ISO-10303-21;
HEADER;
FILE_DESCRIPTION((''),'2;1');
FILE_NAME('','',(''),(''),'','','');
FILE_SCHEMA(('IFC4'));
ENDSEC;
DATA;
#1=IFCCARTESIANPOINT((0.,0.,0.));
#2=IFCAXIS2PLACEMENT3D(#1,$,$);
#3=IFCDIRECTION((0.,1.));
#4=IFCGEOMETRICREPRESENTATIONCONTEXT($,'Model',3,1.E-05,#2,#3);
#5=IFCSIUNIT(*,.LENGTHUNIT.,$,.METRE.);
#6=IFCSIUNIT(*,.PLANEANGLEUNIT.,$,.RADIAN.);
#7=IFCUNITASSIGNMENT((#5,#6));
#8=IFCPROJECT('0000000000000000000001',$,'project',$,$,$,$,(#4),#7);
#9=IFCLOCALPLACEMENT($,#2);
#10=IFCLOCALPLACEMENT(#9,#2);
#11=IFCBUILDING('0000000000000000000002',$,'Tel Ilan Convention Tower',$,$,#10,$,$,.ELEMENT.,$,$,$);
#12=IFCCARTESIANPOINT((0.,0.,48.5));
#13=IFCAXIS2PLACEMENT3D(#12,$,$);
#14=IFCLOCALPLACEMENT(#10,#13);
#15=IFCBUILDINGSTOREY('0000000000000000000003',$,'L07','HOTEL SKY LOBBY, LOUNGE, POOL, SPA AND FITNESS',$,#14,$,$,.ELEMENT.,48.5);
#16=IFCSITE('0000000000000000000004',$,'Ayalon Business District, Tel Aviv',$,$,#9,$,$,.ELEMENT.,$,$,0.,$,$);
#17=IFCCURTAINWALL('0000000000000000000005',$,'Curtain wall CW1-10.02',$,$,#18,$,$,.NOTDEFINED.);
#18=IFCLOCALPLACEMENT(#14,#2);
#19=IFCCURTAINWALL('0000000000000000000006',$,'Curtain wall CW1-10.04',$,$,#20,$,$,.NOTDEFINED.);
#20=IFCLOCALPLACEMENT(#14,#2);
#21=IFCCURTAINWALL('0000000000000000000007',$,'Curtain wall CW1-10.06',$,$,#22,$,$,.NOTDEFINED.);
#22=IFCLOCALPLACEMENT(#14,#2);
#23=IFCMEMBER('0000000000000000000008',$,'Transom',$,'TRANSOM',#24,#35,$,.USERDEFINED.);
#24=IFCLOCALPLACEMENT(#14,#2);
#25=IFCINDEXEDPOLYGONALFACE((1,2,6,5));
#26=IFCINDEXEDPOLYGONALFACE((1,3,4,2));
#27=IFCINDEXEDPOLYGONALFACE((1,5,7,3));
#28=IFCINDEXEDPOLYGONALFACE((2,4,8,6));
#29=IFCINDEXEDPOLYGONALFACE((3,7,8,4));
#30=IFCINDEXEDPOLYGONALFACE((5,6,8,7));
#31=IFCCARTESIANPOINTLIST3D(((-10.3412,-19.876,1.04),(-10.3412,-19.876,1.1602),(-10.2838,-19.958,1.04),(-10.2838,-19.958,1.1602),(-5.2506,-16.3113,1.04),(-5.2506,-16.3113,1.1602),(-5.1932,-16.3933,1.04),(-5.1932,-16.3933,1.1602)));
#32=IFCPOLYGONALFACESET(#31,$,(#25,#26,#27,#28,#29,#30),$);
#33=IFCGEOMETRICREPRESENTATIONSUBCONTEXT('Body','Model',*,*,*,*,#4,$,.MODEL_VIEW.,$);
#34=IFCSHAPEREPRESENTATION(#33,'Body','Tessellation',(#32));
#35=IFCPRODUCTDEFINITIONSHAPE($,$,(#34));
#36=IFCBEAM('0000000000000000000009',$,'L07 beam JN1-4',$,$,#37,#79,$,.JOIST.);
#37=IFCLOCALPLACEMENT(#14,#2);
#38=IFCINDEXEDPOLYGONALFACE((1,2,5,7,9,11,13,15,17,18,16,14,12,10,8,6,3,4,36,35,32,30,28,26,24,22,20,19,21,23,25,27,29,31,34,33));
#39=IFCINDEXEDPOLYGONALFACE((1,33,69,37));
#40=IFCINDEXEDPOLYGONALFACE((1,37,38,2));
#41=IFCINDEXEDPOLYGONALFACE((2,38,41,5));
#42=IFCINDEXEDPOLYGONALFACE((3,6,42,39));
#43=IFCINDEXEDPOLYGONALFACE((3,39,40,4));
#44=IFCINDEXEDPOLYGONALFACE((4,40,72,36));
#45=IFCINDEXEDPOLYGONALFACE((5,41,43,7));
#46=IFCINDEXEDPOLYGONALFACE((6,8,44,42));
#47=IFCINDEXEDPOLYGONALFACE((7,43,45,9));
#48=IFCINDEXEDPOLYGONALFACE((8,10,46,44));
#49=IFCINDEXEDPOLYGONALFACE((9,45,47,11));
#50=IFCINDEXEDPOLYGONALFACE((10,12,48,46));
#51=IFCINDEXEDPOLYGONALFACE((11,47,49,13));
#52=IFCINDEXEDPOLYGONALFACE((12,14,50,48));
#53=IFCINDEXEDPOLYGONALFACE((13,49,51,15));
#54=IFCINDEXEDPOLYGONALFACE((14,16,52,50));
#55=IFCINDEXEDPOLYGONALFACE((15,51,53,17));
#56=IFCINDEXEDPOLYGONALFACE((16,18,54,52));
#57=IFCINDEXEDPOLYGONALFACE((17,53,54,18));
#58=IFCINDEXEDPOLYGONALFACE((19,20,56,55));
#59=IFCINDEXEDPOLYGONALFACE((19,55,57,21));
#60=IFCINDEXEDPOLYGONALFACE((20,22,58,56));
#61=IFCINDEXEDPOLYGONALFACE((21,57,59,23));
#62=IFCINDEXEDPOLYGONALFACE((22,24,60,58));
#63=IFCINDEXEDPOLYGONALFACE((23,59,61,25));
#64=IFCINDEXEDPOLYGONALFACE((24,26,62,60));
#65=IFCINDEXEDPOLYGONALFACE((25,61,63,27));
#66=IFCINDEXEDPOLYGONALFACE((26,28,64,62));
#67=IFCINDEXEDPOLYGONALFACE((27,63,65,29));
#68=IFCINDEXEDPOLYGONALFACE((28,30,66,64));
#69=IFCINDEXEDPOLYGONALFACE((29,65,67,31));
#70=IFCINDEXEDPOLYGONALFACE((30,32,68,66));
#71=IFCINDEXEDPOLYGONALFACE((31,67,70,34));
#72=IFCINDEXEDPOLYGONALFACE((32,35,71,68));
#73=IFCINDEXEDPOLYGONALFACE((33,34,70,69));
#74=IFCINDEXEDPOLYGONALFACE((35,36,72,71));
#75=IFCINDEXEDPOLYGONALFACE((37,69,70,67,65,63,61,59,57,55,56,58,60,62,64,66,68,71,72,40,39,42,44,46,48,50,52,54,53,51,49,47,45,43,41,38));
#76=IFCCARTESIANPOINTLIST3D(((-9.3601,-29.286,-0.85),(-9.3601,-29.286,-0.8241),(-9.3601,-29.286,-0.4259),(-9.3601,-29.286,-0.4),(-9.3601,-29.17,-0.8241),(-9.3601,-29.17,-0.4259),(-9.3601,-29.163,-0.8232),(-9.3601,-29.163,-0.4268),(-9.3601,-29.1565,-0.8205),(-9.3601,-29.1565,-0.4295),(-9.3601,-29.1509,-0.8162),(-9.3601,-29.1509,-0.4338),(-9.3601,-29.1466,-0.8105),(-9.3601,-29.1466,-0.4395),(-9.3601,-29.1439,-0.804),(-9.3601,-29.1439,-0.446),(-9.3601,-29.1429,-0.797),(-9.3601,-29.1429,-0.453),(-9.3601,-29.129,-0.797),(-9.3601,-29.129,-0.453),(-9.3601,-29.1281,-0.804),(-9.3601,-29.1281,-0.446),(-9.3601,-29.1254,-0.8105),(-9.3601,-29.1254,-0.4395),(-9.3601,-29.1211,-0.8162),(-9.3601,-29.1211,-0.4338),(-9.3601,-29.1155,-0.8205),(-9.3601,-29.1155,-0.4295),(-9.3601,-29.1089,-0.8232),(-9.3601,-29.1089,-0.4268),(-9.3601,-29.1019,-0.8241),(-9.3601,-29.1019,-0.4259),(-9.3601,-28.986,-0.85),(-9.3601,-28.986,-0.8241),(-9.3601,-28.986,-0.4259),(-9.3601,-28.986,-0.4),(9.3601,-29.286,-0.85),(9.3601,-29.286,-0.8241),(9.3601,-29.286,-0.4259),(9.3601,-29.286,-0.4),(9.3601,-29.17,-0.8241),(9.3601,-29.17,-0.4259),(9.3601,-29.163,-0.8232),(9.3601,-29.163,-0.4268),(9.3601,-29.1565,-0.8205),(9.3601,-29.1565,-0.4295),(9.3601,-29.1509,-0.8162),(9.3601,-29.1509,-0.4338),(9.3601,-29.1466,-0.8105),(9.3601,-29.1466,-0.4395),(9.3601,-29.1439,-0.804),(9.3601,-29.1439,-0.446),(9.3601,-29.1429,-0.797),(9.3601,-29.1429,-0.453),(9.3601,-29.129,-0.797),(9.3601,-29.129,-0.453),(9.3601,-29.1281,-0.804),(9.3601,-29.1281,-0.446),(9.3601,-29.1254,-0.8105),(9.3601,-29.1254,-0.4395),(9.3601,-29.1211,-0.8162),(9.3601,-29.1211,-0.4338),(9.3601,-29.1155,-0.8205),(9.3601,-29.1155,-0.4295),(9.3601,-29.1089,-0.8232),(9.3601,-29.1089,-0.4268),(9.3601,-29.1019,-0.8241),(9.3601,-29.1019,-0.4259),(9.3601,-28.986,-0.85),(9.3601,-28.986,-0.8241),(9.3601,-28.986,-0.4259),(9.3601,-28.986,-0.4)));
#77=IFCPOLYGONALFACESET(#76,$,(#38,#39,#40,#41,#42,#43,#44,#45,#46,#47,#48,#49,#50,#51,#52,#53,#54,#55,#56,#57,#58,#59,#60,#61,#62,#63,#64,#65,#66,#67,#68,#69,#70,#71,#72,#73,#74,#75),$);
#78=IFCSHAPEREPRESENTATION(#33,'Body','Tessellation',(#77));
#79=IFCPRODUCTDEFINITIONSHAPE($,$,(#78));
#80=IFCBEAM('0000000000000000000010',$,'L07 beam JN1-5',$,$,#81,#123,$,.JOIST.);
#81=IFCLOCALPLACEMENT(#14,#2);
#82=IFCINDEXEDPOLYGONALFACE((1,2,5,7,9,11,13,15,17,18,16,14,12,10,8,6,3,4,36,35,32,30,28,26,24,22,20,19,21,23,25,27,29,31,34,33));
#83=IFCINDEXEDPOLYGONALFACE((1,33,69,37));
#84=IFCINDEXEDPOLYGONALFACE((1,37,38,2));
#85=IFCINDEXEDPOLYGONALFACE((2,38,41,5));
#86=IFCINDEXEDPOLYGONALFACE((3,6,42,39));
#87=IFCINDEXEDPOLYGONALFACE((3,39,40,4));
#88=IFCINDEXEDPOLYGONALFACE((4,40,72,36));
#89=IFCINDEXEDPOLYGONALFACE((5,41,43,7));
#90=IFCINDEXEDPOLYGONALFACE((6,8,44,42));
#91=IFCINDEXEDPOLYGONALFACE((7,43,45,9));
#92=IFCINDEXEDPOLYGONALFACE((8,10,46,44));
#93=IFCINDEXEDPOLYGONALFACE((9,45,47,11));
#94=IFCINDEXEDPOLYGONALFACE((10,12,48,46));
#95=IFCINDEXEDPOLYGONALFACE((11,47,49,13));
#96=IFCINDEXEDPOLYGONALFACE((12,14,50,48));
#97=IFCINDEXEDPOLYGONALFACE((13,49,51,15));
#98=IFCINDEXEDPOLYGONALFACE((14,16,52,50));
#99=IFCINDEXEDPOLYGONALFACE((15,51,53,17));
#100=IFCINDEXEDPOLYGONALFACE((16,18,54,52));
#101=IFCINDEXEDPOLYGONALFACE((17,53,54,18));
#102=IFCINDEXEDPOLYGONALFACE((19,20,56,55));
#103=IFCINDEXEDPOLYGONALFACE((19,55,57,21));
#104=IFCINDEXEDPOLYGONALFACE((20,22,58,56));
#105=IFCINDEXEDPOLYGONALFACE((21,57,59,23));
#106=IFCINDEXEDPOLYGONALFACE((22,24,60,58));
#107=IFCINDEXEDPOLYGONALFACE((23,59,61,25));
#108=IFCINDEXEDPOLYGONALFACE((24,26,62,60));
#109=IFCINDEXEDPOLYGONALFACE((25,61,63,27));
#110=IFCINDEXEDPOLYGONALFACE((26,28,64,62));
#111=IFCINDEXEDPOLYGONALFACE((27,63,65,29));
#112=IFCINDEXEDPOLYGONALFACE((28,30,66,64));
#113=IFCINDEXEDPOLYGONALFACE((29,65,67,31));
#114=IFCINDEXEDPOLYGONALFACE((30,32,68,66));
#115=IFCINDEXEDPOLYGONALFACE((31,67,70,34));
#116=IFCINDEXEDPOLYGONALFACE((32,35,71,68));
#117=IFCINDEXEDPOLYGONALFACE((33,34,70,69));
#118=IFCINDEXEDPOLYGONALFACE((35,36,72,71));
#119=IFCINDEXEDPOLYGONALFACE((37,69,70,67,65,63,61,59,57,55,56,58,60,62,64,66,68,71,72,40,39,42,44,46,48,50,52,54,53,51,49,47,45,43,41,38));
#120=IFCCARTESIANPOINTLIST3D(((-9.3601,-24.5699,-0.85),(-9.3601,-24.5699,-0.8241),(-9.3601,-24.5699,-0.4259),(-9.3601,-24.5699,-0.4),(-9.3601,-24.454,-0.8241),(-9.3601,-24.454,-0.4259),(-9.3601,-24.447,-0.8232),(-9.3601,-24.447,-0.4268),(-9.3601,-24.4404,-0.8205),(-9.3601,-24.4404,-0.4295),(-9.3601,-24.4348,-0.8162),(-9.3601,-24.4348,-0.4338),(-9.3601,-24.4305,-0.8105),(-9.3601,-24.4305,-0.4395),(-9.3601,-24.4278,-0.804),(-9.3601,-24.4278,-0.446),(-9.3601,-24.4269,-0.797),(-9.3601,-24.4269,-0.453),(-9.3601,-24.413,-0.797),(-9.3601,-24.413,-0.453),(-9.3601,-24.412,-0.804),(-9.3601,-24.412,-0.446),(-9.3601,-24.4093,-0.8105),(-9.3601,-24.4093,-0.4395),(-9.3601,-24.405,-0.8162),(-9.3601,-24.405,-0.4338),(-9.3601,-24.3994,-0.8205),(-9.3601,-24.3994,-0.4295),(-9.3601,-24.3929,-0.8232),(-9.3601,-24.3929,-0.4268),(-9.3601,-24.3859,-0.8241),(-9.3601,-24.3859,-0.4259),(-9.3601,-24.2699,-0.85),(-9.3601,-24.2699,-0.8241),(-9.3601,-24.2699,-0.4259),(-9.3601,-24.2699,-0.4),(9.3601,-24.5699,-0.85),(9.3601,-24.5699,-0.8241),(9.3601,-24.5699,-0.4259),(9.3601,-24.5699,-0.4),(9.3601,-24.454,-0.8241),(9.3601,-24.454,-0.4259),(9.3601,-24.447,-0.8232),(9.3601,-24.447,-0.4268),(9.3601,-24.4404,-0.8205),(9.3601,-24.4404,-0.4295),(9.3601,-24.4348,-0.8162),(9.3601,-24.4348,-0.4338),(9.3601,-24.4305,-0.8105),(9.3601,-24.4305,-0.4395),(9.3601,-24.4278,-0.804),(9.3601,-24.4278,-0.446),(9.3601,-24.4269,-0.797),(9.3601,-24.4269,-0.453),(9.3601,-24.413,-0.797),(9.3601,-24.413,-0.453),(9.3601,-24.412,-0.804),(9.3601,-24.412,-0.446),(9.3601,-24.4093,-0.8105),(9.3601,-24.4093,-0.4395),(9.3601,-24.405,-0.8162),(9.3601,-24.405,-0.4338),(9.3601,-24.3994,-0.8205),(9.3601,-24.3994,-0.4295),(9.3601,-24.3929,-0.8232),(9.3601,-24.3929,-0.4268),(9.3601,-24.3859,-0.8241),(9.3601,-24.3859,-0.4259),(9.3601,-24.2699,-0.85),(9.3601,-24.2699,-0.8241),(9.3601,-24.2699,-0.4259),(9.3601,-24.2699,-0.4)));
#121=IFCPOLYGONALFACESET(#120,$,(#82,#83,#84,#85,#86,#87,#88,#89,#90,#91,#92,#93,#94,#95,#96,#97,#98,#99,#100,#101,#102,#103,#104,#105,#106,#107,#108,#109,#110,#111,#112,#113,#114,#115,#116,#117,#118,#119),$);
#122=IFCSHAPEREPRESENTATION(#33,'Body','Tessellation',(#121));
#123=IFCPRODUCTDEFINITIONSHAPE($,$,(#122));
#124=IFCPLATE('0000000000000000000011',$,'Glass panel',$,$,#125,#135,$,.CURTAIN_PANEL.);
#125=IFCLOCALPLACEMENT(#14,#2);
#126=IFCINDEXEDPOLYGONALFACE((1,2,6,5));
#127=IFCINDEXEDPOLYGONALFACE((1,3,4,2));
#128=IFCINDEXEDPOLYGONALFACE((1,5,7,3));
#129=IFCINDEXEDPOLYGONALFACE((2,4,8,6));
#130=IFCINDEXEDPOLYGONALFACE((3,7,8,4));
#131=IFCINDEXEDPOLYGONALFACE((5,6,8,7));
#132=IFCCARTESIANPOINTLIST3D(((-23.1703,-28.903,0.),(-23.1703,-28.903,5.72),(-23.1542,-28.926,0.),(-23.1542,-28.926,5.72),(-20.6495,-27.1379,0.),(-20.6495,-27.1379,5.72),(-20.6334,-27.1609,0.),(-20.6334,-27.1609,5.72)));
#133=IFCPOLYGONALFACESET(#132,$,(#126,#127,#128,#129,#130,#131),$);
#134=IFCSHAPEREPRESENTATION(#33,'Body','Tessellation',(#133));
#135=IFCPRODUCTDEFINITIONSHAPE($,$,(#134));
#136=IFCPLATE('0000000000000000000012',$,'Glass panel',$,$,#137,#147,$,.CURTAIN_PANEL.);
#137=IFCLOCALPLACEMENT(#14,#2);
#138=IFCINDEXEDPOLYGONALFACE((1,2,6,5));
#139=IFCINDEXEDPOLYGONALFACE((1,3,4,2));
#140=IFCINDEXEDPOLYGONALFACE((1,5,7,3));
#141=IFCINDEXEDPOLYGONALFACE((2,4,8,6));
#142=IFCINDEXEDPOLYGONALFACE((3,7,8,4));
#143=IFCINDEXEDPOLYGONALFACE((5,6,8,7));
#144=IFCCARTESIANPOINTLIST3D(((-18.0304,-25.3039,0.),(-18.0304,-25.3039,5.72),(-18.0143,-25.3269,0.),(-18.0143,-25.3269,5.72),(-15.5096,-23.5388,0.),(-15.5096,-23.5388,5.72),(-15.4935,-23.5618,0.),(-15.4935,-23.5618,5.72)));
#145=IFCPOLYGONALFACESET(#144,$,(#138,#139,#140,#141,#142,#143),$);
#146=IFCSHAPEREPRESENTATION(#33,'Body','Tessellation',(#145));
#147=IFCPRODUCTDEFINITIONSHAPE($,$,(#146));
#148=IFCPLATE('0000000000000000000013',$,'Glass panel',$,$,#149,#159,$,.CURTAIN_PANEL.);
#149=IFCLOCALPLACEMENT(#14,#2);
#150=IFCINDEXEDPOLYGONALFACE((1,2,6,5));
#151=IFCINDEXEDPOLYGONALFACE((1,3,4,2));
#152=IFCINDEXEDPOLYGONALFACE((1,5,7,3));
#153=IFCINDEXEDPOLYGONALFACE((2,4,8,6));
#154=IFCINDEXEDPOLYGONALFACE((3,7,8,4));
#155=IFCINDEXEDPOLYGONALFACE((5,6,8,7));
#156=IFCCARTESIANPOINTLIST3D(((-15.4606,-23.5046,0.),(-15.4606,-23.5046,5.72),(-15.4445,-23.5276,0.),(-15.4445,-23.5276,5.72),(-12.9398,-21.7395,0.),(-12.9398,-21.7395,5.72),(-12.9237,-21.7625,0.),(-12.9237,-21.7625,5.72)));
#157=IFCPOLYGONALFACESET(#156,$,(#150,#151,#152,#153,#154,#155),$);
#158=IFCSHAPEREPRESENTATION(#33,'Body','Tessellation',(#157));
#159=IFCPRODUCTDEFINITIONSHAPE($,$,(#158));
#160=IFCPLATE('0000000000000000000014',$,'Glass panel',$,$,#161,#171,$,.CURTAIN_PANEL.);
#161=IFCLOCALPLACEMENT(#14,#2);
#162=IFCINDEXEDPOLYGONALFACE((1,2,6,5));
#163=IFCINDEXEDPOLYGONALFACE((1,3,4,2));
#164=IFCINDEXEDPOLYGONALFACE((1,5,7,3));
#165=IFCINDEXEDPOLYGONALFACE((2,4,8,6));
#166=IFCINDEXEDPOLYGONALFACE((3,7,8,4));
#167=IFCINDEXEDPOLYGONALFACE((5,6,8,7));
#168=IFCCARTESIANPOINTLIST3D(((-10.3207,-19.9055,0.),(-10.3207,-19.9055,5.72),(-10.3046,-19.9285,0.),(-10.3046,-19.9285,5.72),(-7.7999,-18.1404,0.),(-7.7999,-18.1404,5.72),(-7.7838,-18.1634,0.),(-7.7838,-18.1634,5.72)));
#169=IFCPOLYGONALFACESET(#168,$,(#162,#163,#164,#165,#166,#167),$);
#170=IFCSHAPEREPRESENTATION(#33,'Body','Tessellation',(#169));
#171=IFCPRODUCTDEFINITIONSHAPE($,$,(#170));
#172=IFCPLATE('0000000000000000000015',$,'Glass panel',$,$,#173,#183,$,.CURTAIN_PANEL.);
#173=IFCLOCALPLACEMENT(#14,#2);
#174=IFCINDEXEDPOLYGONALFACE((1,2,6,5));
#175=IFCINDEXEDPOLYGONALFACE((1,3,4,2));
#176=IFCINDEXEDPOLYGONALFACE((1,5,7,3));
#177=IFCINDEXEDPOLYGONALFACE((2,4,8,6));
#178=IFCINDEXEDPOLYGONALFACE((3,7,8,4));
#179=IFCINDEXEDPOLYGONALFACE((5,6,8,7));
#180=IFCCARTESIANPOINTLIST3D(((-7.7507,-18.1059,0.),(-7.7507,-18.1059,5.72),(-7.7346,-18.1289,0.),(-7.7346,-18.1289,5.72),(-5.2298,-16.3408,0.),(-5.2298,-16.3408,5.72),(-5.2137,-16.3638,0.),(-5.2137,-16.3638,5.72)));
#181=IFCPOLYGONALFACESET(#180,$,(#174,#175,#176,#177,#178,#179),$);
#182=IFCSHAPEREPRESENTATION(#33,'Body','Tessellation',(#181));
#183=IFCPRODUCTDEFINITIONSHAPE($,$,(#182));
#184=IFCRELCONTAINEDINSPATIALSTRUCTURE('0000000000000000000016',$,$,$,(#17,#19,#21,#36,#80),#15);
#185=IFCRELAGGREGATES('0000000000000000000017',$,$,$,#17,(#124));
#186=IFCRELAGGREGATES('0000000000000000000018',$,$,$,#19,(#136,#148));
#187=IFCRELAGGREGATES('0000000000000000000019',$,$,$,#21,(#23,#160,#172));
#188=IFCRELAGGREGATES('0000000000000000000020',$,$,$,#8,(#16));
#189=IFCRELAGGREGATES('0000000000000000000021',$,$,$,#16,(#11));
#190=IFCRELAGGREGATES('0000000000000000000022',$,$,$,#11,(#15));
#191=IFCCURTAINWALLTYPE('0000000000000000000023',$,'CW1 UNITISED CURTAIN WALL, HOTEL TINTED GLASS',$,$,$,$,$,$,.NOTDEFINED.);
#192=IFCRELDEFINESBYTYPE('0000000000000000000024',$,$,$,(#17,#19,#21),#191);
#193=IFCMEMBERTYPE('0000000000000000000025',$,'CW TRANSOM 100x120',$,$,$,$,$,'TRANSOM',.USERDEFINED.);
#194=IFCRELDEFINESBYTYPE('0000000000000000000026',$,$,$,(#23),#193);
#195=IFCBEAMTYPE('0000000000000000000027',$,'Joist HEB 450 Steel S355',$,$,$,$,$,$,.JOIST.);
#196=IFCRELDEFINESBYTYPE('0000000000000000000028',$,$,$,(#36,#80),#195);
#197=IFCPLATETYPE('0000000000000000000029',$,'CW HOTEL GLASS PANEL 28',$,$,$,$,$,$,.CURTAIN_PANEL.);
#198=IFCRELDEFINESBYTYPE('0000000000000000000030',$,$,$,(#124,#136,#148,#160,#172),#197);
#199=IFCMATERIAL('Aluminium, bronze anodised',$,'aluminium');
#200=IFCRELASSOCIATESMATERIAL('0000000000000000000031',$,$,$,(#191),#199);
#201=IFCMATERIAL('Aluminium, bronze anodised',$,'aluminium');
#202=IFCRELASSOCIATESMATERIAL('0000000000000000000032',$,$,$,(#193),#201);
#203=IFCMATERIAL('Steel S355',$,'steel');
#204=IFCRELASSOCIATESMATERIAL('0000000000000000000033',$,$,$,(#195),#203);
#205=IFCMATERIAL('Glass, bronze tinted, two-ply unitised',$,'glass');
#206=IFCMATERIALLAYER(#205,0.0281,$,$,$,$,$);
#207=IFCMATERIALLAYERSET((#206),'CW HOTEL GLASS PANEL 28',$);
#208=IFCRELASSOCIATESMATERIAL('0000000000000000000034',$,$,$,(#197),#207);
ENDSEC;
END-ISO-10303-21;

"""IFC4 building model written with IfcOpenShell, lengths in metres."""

from ifc_helpers import new_model, si_unit, direction, frame, origin, origin_2d, place, context, subcontext, project, spatial, rectangle, i_section, extrude, material, layer, layer_set, material_profile, profile_set, type_object, element, aggregate, save


model = new_model("IFC4")

# Units and contexts
model_context = context("Model", 3, precision=1e-05, world=origin(), true_north=direction((0.0, 1.0)))
body_context = subcontext(model_context, "Body", "Model", "MODEL_VIEW")
ifc_project = project(units=[si_unit("LENGTHUNIT", "METRE"), si_unit("PLANEANGLEUNIT", "RADIAN")], contexts=[model_context])

# Site, building, storey
site_placement = place(None, origin())
site = spatial("IfcSite", under=ifc_project, at=site_placement, Name="Ayalon Business District, Tel Aviv", CompositionType="ELEMENT", RefElevation=0.0)
building_placement = place(site_placement, origin())
building = spatial("IfcBuilding", under=site, at=building_placement, Name="Tel Ilan Convention Tower", CompositionType="ELEMENT")
storey_placement = place(building_placement, frame((0.0, 0.0, 48.5)))
storey = spatial("IfcBuildingStorey", under=building, at=storey_placement, Name="L07", Description="HOTEL SKY LOBBY, LOUNGE, POOL, SPA AND FITNESS", CompositionType="ELEMENT", Elevation=48.5)

# Curtain wall
ifc_material_1 = material(Name="Aluminium, bronze anodised", Category="aluminium")
curtain_wall_type = type_object("IfcCurtainWallType", Name="CW1 UNITISED CURTAIN WALL, HOTEL TINTED GLASS", PredefinedType="NOTDEFINED", material=ifc_material_1)
curtain_wall_1_placement = place(storey_placement, origin())
curtain_wall_1 = element("IfcCurtainWall", 1, at=curtain_wall_1_placement, inside=storey, type_object=curtain_wall_type, Name="Curtain wall CW1-10.02", PredefinedType="NOTDEFINED")

# Curtain wall
curtain_wall_2_placement = place(storey_placement, origin())
curtain_wall_2 = element("IfcCurtainWall", 2, at=curtain_wall_2_placement, inside=storey, type_object=curtain_wall_type, Name="Curtain wall CW1-10.04", PredefinedType="NOTDEFINED")

# Curtain wall
curtain_wall_3_placement = place(storey_placement, origin())
curtain_wall_3 = element("IfcCurtainWall", 3, at=curtain_wall_3_placement, inside=storey, type_object=curtain_wall_type, Name="Curtain wall CW1-10.06", PredefinedType="NOTDEFINED")

# Member
ifc_material_2 = material(Name="Aluminium, bronze anodised", Category="aluminium")
ifc_material_profile_1 = material_profile(ifc_material_2, rectangle(XDim=0.1001, YDim=0.1201, at=origin_2d()), Name="CW TRANSOM 100x120")
ifc_profile_set_1 = profile_set([ifc_material_profile_1], Name="Aluminium, bronze anodised")
member_type_1 = type_object("IfcMemberType", Name="CW TRANSOM 100x120", ElementType="TRANSOM", PredefinedType="USERDEFINED", material=ifc_profile_set_1)
member_1_placement = place(storey_placement, frame((-10.3125, -19.917, 1.1001), z_axis=(0.819134, 0.573602, 0.0), x_axis=(-0.573602, 0.819134, 0.0)))
member_1 = element("IfcMember", 4, at=member_1_placement, type_object=member_type_1, Name="Transom", ObjectType="TRANSOM", PredefinedType="USERDEFINED", context=body_context, shape_type="SweptSolid", body=[
    extrude(rectangle(XDim=0.1001, YDim=0.1201, at=origin_2d()), origin(), (0.0, 0.0, 1.0), 6.2146),
])

# Beams
ifc_material_3 = material(Name="Steel S355", Category="steel")
ifc_material_profile_2 = material_profile(ifc_material_3, i_section(OverallWidth=0.3, OverallDepth=0.45, WebThickness=0.0139, FlangeThickness=0.0259, FilletRadius=0.0271, at=origin_2d()), Name="HEB 450")
ifc_profile_set_2 = profile_set([ifc_material_profile_2], Name="Steel S355")
beam_type_1 = type_object("IfcBeamType", Name="Joist HEB 450 Steel S355", PredefinedType="JOIST", material=ifc_profile_set_2)
for number, where, z_axis, x_axis, name in (
    (5, (-9.3601, -29.136, -0.625), (1.0, 0.0, 0.0), (0.0, 1.0, 0.0), "L07 beam JN1-4"),
    (6, (-9.3601, -24.4199, -0.625), (1.0, 0.0, 0.0), (0.0, 1.0, 0.0), "L07 beam JN1-5"),
):
    element("IfcBeam", number, at=place(storey_placement, frame(where, z_axis=z_axis, x_axis=x_axis)), inside=storey, type_object=beam_type_1, Name=name, PredefinedType="JOIST", context=body_context, shape_type="SweptSolid", body=[
        extrude(i_section(OverallWidth=0.3, OverallDepth=0.45, WebThickness=0.0139, FlangeThickness=0.0259, FilletRadius=0.0271, at=origin_2d()), origin(), (0.0, 0.0, 1.0), 18.7202),
    ])

# Plates
ifc_material_4 = material(Name="Glass, bronze tinted, two-ply unitised", Category="glass")
ifc_layer_1 = layer(ifc_material_4, 0.0281)
ifc_layer_set_1 = layer_set([ifc_layer_1], Name="CW HOTEL GLASS PANEL 28")
plate_type = type_object("IfcPlateType", Name="CW HOTEL GLASS PANEL 28", PredefinedType="CURTAIN_PANEL", material=ifc_layer_set_1)
plate_1_placement = place(storey_placement, frame((-21.9019, -28.032, 0.0), z_axis=(0.0, 0.0, 1.0), x_axis=(0.819152, 0.573576, 0.0)))
plate_1 = element("IfcPlate", 7, at=plate_1_placement, type_object=plate_type, Name="Glass panel", PredefinedType="CURTAIN_PANEL", context=body_context, shape_type="SweptSolid", body=[
    extrude(rectangle(XDim=3.0774, YDim=0.0281, at=origin_2d()), origin(), (0.0, 0.0, 1.0), 5.72),
])
aggregate(curtain_wall_1, [plate_1])
plate_2_placement = place(storey_placement, frame((-16.762, -24.4329, 0.0), z_axis=(0.0, 0.0, 1.0), x_axis=(0.819152, 0.573576, 0.0)))
plate_2 = element("IfcPlate", 8, at=plate_2_placement, type_object=plate_type, Name="Glass panel", PredefinedType="CURTAIN_PANEL", context=body_context, shape_type="SweptSolid", body=[
    extrude(rectangle(XDim=3.0774, YDim=0.0281, at=origin_2d()), origin(), (0.0, 0.0, 1.0), 5.72),
])
plate_3_placement = place(storey_placement, frame((-14.1921, -22.6335, 0.0), z_axis=(0.0, 0.0, 1.0), x_axis=(0.819152, 0.573576, 0.0)))
plate_3 = element("IfcPlate", 9, at=plate_3_placement, type_object=plate_type, Name="Glass panel", PredefinedType="CURTAIN_PANEL", context=body_context, shape_type="SweptSolid", body=[
    extrude(rectangle(XDim=3.0774, YDim=0.0281, at=origin_2d()), origin(), (0.0, 0.0, 1.0), 5.72),
])
aggregate(curtain_wall_2, [plate_2, plate_3])
plate_4_placement = place(storey_placement, frame((-9.0522, -19.0344, 0.0), z_axis=(0.0, 0.0, 1.0), x_axis=(0.819152, 0.573576, 0.0)))
plate_4 = element("IfcPlate", 10, at=plate_4_placement, type_object=plate_type, Name="Glass panel", PredefinedType="CURTAIN_PANEL", context=body_context, shape_type="SweptSolid", body=[
    extrude(rectangle(XDim=3.0774, YDim=0.0281, at=origin_2d()), origin(), (0.0, 0.0, 1.0), 5.72),
])
plate_5_placement = place(storey_placement, frame((-6.4822, -17.2349, 0.0), z_axis=(0.0, 0.0, 1.0), x_axis=(0.819152, 0.573576, 0.0)))
plate_5 = element("IfcPlate", 11, at=plate_5_placement, type_object=plate_type, Name="Glass panel", PredefinedType="CURTAIN_PANEL", context=body_context, shape_type="SweptSolid", body=[
    extrude(rectangle(XDim=3.0774, YDim=0.0281, at=origin_2d()), origin(), (0.0, 0.0, 1.0), 5.72),
])
aggregate(curtain_wall_3, [member_1, plate_4, plate_5])

save(model, "model.ifc")
